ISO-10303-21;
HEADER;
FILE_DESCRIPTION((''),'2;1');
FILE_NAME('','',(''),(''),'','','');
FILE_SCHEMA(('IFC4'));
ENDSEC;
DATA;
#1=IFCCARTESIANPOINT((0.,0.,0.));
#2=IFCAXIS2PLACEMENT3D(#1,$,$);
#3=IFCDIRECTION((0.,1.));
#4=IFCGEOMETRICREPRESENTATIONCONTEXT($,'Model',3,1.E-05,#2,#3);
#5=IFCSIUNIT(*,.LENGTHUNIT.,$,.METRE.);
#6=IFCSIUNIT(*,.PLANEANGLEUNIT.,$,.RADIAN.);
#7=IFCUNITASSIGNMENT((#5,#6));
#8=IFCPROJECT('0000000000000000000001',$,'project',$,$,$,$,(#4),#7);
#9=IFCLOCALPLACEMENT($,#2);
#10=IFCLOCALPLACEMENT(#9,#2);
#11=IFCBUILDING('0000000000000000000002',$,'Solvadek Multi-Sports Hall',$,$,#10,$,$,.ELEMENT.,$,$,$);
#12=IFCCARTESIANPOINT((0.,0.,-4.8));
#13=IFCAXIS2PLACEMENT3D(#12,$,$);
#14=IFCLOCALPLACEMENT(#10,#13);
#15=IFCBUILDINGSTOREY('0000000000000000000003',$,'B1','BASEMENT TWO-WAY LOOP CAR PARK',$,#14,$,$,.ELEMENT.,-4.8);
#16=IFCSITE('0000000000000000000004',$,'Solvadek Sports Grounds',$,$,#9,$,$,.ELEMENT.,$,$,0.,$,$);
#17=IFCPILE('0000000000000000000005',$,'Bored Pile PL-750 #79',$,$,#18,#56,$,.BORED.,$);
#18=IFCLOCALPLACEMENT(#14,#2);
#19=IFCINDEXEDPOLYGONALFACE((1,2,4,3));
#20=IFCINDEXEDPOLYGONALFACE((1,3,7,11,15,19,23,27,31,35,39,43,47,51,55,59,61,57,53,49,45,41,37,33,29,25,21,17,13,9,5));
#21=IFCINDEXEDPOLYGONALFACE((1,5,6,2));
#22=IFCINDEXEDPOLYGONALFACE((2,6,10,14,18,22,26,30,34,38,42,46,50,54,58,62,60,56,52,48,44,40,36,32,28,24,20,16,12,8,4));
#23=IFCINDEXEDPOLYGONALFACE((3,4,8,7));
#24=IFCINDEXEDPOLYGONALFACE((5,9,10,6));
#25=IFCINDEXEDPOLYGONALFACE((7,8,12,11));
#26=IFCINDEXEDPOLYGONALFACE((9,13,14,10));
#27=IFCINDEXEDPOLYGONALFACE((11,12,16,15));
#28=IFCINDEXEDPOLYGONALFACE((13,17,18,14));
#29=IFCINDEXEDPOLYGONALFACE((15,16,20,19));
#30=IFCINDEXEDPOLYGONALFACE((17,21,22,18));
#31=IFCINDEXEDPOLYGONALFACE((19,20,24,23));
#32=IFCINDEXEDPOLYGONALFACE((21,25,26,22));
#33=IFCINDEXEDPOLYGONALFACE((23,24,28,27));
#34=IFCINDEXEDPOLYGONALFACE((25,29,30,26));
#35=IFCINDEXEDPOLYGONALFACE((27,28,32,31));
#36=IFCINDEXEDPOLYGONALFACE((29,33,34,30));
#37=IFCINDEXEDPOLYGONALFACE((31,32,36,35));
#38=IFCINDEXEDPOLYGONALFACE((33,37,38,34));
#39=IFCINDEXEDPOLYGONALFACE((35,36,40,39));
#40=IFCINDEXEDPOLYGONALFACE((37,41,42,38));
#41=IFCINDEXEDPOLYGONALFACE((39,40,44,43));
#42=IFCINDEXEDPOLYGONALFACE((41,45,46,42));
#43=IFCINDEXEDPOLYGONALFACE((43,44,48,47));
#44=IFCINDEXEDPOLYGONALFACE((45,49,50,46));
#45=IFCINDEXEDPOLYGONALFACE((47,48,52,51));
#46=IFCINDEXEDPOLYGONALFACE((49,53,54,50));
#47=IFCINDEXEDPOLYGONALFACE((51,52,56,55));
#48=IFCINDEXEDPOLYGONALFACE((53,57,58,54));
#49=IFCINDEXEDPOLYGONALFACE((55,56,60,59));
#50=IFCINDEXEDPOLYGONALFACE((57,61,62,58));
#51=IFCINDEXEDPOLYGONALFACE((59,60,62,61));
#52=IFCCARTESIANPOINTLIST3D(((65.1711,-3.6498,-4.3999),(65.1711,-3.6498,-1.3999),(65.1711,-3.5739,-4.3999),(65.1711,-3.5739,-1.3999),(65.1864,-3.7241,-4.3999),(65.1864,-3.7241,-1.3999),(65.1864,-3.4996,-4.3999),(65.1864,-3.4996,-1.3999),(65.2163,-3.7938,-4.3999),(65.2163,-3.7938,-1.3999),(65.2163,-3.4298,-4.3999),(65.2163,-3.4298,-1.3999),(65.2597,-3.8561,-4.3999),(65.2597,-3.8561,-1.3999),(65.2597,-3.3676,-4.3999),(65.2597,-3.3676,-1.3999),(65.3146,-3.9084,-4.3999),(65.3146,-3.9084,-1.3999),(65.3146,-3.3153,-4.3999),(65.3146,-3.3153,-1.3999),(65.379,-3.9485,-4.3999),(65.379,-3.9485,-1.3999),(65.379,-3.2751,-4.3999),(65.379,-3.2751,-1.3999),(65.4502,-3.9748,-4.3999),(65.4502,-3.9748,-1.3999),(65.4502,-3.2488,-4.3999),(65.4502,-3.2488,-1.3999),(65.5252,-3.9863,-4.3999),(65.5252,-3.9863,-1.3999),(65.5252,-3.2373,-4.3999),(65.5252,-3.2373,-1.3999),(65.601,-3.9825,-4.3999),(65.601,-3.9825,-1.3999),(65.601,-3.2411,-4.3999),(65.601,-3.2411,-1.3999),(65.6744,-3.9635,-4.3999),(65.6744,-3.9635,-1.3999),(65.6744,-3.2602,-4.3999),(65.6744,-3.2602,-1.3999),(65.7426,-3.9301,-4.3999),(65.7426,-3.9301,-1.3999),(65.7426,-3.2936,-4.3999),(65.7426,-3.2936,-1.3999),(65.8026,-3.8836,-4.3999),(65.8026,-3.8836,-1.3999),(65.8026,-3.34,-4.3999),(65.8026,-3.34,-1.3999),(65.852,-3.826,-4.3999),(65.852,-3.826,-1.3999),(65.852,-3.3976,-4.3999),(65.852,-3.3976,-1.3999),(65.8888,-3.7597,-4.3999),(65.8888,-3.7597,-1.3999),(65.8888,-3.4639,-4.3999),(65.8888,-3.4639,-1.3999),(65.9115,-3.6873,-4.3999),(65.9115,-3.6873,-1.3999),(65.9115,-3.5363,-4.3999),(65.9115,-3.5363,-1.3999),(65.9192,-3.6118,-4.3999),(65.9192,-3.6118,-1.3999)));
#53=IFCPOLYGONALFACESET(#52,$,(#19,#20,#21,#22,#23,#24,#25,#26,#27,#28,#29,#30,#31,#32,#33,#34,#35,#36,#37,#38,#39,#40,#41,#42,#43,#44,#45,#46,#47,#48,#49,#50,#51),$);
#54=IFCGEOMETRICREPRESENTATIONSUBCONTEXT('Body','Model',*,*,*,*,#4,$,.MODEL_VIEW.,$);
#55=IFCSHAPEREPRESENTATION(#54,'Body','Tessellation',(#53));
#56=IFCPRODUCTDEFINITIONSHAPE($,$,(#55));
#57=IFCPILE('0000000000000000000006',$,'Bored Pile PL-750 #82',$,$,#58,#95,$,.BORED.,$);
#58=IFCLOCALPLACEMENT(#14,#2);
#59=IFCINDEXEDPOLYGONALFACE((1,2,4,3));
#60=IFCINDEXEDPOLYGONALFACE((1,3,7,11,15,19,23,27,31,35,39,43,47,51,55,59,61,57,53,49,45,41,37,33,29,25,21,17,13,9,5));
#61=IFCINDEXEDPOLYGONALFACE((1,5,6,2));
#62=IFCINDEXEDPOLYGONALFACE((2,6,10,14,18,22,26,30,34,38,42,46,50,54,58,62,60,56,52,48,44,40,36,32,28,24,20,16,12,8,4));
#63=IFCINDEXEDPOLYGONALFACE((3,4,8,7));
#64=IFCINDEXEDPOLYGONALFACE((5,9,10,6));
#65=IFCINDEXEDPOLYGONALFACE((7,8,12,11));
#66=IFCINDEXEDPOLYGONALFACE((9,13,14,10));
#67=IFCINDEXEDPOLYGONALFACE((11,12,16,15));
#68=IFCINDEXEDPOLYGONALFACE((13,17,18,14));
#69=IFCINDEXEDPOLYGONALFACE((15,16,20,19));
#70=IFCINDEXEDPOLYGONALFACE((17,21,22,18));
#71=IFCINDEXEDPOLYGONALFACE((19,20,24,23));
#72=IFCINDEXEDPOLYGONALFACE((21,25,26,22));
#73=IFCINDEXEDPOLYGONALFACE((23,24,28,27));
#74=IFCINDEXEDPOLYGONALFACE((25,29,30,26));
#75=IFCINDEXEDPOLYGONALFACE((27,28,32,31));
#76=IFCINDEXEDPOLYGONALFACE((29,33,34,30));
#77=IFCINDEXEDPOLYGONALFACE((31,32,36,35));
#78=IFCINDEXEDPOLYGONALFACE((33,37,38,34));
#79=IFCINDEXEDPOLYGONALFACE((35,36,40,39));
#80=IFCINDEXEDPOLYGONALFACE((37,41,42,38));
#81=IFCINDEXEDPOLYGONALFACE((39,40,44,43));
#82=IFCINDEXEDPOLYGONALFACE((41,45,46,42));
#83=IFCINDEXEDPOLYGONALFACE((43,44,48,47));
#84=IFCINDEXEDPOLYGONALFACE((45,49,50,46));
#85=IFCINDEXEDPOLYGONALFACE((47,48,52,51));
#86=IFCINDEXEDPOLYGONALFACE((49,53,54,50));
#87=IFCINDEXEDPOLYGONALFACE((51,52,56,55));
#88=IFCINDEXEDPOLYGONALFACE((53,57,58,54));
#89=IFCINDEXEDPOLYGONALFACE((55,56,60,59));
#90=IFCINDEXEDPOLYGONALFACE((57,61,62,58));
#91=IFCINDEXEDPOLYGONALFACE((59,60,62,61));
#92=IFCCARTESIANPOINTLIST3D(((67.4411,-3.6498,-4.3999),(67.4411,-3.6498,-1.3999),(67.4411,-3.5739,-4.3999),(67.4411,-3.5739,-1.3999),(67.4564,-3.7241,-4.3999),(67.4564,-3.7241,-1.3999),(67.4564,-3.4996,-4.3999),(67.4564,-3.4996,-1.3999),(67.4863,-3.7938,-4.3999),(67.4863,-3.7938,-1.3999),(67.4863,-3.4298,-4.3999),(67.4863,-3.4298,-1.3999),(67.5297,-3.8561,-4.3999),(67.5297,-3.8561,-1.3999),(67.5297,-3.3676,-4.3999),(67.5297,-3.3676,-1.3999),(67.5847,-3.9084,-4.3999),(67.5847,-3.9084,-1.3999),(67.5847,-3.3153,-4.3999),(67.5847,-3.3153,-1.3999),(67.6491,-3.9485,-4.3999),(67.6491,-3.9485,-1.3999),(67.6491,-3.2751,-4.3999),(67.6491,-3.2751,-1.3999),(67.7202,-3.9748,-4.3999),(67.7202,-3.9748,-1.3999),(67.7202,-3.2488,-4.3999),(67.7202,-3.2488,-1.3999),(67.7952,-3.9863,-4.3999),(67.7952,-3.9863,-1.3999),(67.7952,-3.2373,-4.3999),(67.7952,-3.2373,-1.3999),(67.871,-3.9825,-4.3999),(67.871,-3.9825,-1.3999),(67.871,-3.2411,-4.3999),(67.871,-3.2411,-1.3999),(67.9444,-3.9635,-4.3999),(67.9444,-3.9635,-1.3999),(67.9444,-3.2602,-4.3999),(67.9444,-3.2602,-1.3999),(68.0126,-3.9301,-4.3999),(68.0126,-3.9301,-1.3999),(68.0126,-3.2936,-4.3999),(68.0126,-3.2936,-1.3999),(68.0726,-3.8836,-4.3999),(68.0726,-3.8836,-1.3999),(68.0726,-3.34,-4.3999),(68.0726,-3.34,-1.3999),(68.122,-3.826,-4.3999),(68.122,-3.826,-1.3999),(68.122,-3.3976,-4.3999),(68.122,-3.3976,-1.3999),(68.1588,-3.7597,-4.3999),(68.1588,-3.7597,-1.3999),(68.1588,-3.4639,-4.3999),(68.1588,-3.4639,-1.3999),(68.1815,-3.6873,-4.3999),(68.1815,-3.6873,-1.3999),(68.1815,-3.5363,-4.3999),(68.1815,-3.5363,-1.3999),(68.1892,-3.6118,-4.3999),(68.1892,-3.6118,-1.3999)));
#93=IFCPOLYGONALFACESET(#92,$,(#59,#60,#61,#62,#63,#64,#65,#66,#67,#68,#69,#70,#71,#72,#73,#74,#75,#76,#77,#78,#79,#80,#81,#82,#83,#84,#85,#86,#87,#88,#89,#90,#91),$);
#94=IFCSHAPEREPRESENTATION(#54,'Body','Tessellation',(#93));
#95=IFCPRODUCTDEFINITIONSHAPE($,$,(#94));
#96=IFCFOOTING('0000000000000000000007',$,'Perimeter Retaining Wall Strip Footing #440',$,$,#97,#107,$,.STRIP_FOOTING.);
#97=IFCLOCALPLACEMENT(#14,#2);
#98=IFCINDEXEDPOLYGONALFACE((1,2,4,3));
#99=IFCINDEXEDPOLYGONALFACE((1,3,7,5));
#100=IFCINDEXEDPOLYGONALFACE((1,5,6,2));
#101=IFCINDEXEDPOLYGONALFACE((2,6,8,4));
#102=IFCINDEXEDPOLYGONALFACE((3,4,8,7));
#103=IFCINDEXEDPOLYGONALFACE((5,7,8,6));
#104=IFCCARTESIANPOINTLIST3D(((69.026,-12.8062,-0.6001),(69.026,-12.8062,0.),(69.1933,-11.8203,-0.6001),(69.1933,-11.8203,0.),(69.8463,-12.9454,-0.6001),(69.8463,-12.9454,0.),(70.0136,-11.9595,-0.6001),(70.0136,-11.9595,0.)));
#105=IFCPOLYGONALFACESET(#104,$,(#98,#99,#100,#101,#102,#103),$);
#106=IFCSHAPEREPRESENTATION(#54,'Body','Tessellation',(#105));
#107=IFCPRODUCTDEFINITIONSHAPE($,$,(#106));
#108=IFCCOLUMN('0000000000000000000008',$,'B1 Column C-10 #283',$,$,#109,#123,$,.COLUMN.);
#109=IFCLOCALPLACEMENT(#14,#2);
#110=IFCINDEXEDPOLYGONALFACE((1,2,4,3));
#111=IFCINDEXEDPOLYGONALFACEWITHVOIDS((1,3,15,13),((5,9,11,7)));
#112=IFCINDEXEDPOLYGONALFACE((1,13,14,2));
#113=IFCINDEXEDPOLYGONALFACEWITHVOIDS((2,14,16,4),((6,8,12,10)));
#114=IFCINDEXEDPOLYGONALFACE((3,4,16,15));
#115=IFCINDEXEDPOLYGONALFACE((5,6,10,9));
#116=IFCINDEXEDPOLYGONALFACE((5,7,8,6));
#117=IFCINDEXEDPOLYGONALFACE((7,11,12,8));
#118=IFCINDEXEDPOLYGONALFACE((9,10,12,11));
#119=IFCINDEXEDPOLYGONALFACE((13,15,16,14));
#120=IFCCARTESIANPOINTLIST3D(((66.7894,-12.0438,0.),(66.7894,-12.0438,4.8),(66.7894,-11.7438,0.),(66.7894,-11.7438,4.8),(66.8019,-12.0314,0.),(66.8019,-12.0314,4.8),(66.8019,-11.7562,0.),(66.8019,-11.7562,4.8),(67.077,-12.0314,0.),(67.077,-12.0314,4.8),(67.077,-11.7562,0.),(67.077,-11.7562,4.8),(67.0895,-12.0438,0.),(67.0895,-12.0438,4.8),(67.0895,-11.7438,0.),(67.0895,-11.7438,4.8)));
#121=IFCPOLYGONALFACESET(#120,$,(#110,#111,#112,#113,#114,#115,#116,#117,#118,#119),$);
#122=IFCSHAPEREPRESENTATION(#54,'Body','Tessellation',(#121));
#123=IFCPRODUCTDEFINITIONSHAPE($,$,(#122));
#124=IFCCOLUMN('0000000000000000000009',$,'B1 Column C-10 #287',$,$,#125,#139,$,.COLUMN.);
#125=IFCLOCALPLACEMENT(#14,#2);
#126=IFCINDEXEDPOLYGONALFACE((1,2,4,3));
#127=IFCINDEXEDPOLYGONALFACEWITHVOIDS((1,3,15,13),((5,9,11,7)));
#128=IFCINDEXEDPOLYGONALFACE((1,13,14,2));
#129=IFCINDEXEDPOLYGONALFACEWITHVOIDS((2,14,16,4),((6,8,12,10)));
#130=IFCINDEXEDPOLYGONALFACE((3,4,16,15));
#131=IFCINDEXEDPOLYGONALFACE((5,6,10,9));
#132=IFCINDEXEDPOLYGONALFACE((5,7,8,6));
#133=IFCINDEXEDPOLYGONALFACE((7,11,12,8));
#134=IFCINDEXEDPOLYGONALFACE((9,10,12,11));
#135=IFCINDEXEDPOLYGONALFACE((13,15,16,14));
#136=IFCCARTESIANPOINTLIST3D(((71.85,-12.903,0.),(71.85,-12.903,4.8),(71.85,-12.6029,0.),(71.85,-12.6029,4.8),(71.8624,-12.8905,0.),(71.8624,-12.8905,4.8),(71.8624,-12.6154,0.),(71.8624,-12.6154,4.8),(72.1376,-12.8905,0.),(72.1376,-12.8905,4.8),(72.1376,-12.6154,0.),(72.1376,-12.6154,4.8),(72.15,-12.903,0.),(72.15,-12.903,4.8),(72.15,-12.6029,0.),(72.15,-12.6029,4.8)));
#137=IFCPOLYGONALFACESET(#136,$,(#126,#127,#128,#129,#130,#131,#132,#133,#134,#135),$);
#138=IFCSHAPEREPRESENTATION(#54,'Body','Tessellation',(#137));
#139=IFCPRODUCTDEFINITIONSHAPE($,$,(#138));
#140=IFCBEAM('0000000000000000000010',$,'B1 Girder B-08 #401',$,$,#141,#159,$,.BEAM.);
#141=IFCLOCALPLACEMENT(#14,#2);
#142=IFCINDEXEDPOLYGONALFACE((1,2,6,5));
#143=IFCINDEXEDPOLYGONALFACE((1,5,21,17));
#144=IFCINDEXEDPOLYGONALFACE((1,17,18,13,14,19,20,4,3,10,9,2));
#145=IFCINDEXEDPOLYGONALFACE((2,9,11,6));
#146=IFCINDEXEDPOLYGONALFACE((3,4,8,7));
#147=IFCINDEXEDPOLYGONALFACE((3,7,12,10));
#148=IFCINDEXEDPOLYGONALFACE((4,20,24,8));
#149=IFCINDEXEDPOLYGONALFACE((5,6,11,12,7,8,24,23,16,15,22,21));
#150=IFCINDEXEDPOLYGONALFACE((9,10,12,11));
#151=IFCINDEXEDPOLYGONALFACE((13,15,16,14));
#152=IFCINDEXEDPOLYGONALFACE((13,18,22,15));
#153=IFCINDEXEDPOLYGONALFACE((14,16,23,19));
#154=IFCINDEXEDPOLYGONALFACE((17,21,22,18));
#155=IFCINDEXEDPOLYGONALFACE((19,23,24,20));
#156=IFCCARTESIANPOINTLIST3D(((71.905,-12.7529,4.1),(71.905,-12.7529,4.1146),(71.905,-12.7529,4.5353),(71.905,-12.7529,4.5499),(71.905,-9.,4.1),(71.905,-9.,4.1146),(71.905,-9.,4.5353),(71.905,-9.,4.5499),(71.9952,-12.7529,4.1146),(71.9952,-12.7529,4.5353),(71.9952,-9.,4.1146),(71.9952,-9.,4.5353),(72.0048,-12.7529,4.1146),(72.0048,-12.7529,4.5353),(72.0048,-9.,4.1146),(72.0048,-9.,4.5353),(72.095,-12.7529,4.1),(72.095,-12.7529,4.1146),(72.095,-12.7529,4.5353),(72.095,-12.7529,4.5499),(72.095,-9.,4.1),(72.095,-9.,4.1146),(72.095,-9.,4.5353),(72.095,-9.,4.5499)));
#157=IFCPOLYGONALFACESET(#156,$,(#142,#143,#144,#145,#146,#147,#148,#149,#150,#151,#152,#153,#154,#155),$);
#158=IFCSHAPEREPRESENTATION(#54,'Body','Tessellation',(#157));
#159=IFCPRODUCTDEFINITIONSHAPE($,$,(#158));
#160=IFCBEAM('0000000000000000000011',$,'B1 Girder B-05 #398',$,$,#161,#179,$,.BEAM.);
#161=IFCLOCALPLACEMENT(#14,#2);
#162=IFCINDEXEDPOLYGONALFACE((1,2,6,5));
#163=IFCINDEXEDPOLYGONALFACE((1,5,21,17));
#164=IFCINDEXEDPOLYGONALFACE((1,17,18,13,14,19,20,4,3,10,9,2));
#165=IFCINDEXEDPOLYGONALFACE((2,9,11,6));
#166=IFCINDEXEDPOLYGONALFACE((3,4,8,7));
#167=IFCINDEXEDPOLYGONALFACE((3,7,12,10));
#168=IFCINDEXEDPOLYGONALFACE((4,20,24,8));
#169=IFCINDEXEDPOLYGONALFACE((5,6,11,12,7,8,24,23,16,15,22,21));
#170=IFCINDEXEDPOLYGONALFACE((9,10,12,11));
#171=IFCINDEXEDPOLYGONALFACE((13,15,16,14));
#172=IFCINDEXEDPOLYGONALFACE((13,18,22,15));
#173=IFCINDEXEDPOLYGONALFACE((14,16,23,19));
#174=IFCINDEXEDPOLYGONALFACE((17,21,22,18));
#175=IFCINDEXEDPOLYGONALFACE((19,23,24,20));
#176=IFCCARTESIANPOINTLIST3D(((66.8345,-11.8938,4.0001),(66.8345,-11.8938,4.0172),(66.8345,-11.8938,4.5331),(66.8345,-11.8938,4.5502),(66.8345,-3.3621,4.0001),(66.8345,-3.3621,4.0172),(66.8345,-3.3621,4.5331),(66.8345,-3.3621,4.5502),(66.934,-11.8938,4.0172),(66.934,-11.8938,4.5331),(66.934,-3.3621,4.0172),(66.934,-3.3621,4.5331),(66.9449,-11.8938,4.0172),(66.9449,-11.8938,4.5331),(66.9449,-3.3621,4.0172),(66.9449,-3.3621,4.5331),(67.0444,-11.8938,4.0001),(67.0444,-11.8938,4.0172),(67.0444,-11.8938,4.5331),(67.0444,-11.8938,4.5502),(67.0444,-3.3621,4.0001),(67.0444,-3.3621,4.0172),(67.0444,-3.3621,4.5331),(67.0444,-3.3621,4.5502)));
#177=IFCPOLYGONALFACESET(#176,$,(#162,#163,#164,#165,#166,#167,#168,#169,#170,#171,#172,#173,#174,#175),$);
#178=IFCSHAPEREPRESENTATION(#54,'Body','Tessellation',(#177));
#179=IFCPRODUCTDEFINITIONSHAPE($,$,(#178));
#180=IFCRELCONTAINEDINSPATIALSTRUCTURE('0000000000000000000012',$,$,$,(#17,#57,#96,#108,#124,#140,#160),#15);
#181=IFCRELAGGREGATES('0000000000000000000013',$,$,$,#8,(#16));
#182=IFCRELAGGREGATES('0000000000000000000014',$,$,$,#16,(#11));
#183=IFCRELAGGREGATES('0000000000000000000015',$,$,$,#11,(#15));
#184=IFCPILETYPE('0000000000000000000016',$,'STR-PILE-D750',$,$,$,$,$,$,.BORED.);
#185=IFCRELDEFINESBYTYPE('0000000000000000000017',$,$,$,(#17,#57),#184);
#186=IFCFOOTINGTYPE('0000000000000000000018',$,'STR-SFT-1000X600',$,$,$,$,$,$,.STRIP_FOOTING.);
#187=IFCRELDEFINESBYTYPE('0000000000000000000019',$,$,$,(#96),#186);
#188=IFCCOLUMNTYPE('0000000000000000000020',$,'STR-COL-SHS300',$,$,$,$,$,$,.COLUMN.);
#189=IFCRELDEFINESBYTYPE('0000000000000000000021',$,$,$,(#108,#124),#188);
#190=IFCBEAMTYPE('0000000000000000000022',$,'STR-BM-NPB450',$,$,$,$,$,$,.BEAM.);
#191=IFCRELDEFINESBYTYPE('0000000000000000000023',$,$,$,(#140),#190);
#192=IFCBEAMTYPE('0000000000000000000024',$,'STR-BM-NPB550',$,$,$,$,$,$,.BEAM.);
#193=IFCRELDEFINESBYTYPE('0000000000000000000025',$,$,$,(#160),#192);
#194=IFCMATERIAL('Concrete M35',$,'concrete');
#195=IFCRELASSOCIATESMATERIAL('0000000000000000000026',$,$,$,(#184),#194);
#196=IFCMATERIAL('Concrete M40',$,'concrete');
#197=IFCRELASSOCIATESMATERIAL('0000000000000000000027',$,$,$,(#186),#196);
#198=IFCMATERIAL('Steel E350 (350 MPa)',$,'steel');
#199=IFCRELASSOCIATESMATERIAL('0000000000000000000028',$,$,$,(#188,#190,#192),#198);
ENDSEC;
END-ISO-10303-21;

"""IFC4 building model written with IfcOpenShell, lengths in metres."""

from ifc_helpers import new_model, si_unit, direction, frame, origin, origin_2d, place, context, subcontext, project, spatial, rectangle, hollow_rectangle, circle, i_section, extrude, material, material_profile, profile_set, type_object, element, save


model = new_model("IFC4")

# Units and contexts
model_context = context("Model", 3, precision=1e-05, world=origin(), true_north=direction((0.0, 1.0)))
body_context = subcontext(model_context, "Body", "Model", "MODEL_VIEW")
ifc_project = project(units=[si_unit("LENGTHUNIT", "METRE"), si_unit("PLANEANGLEUNIT", "RADIAN")], contexts=[model_context])

# Site, building, storey
site_placement = place(None, origin())
site = spatial("IfcSite", under=ifc_project, at=site_placement, Name="Solvadek Sports Grounds", CompositionType="ELEMENT", RefElevation=0.0)
building_placement = place(site_placement, origin())
building = spatial("IfcBuilding", under=site, at=building_placement, Name="Solvadek Multi-Sports Hall", CompositionType="ELEMENT")
storey_placement = place(building_placement, frame((0.0, 0.0, -4.8)))
storey = spatial("IfcBuildingStorey", under=building, at=storey_placement, Name="B1", Description="BASEMENT TWO-WAY LOOP CAR PARK", CompositionType="ELEMENT", Elevation=-4.8)

# Shared definitions
ifc_material_1 = material(Name="Concrete M40", Category="concrete")

# Piles
ifc_material_2 = material(Name="Concrete M35", Category="concrete")
ifc_material_profile_1 = material_profile(ifc_material_2, circle(Radius=0.375, at=origin_2d()), Name="BORED PILE D750")
ifc_profile_set_1 = profile_set([ifc_material_profile_1], Name="Concrete M35")
pile_type = type_object("IfcPileType", Name="STR-PILE-D750", PredefinedType="BORED", material=ifc_profile_set_1)
for number, where, z_axis, x_axis, name in (
    (1, (65.5442, -3.6118, -1.3999), (0.0, 0.0, -1.0), (1.0, 0.0, 0.0), "Bored Pile PL-750 #79"),
    (2, (67.8142, -3.6118, -1.3999), (0.0, 0.0, -1.0), (1.0, 0.0, 0.0), "Bored Pile PL-750 #82"),
):
    element("IfcPile", number, at=place(storey_placement, frame(where, z_axis=z_axis, x_axis=x_axis)), inside=storey, type_object=pile_type, Name=name, PredefinedType="BORED", context=body_context, shape_type="SweptSolid", body=[
        extrude(circle(Radius=0.375, at=origin_2d()), origin(), (0.0, 0.0, 1.0), 3.0),
    ])

# Footing
footing_type_1 = type_object("IfcFootingType", Name="STR-SFT-1000X600", PredefinedType="STRIP_FOOTING", material=ifc_material_1)
footing_1_placement = place(storey_placement, frame((69.5198, -12.3828, -0.6001), z_axis=(0.0, 0.0, 1.0), x_axis=(0.985909, -0.167285, 0.0)))
element("IfcFooting", 3, at=footing_1_placement, inside=storey, type_object=footing_type_1, Name="Perimeter Retaining Wall Strip Footing #440", PredefinedType="STRIP_FOOTING", context=body_context, shape_type="SweptSolid", body=[
    extrude(rectangle(XDim=0.832, YDim=1.0, at=origin_2d()), origin(), (0.0, 0.0, 1.0), 0.6001),
])

# Columns
ifc_material_3 = material(Name="Steel E350 (350 MPa)", Category="steel")
ifc_material_profile_2 = material_profile(ifc_material_3, hollow_rectangle(XDim=0.3, YDim=0.3, WallThickness=0.0125, at=origin_2d()), Name="SHS 300x300x12.5")
ifc_profile_set_2 = profile_set([ifc_material_profile_2], Name="Steel E350 (350 MPa)")
column_type = type_object("IfcColumnType", Name="STR-COL-SHS300", PredefinedType="COLUMN", material=ifc_profile_set_2)
for number, where, z_axis, x_axis, name in (
    (4, (66.9395, -11.8938, 0.0), (0.0, 0.0, 1.0), (1.0, 0.0, 0.0), "B1 Column C-10 #283"),
    (5, (72.0, -12.7529, 0.0), (0.0, 0.0, 1.0), (1.0, 0.0, 0.0), "B1 Column C-10 #287"),
):
    element("IfcColumn", number, at=place(storey_placement, frame(where, z_axis=z_axis, x_axis=x_axis)), inside=storey, type_object=column_type, Name=name, PredefinedType="COLUMN", context=body_context, shape_type="SweptSolid", body=[
        extrude(hollow_rectangle(XDim=0.3, YDim=0.3, WallThickness=0.0125, at=origin_2d()), origin(), (0.0, 0.0, 1.0), 4.8),
    ])

# Beams
ifc_material_profile_3 = material_profile(ifc_material_3, i_section(OverallWidth=0.1899, OverallDepth=0.45, WebThickness=0.0095, FlangeThickness=0.0146, at=origin_2d()), Name="NPB 450")
ifc_profile_set_3 = profile_set([ifc_material_profile_3], Name="Steel E350 (350 MPa)")
beam_type_1 = type_object("IfcBeamType", Name="STR-BM-NPB450", PredefinedType="BEAM", material=ifc_profile_set_3)
beam_1_placement = place(storey_placement, frame((72.0, -12.7529, 4.325), z_axis=(0.0, 1.0, 0.0), x_axis=(-1.0, 0.0, 0.0)))
element("IfcBeam", 6, at=beam_1_placement, inside=storey, type_object=beam_type_1, Name="B1 Girder B-08 #401", PredefinedType="BEAM", context=body_context, shape_type="SweptSolid", body=[
    extrude(i_section(OverallWidth=0.1899, OverallDepth=0.45, WebThickness=0.0095, FlangeThickness=0.0146, at=origin_2d()), origin(), (0.0, 0.0, 1.0), 3.7529),
])
ifc_material_profile_4 = material_profile(ifc_material_3, i_section(OverallWidth=0.21, OverallDepth=0.55, WebThickness=0.011, FlangeThickness=0.0171, at=origin_2d()), Name="NPB 550")
ifc_profile_set_4 = profile_set([ifc_material_profile_4], Name="Steel E350 (350 MPa)")
beam_type_2 = type_object("IfcBeamType", Name="STR-BM-NPB550", PredefinedType="BEAM", material=ifc_profile_set_4)
beam_2_placement = place(storey_placement, frame((66.9395, -11.8938, 4.2751), z_axis=(0.0, 1.0, 0.0), x_axis=(-1.0, 0.0, 0.0)))
element("IfcBeam", 7, at=beam_2_placement, inside=storey, type_object=beam_type_2, Name="B1 Girder B-05 #398", PredefinedType="BEAM", context=body_context, shape_type="SweptSolid", body=[
    extrude(i_section(OverallWidth=0.21, OverallDepth=0.55, WebThickness=0.011, FlangeThickness=0.0171, at=origin_2d()), origin(), (0.0, 0.0, 1.0), 8.5317),
])

save(model, "model.ifc")
